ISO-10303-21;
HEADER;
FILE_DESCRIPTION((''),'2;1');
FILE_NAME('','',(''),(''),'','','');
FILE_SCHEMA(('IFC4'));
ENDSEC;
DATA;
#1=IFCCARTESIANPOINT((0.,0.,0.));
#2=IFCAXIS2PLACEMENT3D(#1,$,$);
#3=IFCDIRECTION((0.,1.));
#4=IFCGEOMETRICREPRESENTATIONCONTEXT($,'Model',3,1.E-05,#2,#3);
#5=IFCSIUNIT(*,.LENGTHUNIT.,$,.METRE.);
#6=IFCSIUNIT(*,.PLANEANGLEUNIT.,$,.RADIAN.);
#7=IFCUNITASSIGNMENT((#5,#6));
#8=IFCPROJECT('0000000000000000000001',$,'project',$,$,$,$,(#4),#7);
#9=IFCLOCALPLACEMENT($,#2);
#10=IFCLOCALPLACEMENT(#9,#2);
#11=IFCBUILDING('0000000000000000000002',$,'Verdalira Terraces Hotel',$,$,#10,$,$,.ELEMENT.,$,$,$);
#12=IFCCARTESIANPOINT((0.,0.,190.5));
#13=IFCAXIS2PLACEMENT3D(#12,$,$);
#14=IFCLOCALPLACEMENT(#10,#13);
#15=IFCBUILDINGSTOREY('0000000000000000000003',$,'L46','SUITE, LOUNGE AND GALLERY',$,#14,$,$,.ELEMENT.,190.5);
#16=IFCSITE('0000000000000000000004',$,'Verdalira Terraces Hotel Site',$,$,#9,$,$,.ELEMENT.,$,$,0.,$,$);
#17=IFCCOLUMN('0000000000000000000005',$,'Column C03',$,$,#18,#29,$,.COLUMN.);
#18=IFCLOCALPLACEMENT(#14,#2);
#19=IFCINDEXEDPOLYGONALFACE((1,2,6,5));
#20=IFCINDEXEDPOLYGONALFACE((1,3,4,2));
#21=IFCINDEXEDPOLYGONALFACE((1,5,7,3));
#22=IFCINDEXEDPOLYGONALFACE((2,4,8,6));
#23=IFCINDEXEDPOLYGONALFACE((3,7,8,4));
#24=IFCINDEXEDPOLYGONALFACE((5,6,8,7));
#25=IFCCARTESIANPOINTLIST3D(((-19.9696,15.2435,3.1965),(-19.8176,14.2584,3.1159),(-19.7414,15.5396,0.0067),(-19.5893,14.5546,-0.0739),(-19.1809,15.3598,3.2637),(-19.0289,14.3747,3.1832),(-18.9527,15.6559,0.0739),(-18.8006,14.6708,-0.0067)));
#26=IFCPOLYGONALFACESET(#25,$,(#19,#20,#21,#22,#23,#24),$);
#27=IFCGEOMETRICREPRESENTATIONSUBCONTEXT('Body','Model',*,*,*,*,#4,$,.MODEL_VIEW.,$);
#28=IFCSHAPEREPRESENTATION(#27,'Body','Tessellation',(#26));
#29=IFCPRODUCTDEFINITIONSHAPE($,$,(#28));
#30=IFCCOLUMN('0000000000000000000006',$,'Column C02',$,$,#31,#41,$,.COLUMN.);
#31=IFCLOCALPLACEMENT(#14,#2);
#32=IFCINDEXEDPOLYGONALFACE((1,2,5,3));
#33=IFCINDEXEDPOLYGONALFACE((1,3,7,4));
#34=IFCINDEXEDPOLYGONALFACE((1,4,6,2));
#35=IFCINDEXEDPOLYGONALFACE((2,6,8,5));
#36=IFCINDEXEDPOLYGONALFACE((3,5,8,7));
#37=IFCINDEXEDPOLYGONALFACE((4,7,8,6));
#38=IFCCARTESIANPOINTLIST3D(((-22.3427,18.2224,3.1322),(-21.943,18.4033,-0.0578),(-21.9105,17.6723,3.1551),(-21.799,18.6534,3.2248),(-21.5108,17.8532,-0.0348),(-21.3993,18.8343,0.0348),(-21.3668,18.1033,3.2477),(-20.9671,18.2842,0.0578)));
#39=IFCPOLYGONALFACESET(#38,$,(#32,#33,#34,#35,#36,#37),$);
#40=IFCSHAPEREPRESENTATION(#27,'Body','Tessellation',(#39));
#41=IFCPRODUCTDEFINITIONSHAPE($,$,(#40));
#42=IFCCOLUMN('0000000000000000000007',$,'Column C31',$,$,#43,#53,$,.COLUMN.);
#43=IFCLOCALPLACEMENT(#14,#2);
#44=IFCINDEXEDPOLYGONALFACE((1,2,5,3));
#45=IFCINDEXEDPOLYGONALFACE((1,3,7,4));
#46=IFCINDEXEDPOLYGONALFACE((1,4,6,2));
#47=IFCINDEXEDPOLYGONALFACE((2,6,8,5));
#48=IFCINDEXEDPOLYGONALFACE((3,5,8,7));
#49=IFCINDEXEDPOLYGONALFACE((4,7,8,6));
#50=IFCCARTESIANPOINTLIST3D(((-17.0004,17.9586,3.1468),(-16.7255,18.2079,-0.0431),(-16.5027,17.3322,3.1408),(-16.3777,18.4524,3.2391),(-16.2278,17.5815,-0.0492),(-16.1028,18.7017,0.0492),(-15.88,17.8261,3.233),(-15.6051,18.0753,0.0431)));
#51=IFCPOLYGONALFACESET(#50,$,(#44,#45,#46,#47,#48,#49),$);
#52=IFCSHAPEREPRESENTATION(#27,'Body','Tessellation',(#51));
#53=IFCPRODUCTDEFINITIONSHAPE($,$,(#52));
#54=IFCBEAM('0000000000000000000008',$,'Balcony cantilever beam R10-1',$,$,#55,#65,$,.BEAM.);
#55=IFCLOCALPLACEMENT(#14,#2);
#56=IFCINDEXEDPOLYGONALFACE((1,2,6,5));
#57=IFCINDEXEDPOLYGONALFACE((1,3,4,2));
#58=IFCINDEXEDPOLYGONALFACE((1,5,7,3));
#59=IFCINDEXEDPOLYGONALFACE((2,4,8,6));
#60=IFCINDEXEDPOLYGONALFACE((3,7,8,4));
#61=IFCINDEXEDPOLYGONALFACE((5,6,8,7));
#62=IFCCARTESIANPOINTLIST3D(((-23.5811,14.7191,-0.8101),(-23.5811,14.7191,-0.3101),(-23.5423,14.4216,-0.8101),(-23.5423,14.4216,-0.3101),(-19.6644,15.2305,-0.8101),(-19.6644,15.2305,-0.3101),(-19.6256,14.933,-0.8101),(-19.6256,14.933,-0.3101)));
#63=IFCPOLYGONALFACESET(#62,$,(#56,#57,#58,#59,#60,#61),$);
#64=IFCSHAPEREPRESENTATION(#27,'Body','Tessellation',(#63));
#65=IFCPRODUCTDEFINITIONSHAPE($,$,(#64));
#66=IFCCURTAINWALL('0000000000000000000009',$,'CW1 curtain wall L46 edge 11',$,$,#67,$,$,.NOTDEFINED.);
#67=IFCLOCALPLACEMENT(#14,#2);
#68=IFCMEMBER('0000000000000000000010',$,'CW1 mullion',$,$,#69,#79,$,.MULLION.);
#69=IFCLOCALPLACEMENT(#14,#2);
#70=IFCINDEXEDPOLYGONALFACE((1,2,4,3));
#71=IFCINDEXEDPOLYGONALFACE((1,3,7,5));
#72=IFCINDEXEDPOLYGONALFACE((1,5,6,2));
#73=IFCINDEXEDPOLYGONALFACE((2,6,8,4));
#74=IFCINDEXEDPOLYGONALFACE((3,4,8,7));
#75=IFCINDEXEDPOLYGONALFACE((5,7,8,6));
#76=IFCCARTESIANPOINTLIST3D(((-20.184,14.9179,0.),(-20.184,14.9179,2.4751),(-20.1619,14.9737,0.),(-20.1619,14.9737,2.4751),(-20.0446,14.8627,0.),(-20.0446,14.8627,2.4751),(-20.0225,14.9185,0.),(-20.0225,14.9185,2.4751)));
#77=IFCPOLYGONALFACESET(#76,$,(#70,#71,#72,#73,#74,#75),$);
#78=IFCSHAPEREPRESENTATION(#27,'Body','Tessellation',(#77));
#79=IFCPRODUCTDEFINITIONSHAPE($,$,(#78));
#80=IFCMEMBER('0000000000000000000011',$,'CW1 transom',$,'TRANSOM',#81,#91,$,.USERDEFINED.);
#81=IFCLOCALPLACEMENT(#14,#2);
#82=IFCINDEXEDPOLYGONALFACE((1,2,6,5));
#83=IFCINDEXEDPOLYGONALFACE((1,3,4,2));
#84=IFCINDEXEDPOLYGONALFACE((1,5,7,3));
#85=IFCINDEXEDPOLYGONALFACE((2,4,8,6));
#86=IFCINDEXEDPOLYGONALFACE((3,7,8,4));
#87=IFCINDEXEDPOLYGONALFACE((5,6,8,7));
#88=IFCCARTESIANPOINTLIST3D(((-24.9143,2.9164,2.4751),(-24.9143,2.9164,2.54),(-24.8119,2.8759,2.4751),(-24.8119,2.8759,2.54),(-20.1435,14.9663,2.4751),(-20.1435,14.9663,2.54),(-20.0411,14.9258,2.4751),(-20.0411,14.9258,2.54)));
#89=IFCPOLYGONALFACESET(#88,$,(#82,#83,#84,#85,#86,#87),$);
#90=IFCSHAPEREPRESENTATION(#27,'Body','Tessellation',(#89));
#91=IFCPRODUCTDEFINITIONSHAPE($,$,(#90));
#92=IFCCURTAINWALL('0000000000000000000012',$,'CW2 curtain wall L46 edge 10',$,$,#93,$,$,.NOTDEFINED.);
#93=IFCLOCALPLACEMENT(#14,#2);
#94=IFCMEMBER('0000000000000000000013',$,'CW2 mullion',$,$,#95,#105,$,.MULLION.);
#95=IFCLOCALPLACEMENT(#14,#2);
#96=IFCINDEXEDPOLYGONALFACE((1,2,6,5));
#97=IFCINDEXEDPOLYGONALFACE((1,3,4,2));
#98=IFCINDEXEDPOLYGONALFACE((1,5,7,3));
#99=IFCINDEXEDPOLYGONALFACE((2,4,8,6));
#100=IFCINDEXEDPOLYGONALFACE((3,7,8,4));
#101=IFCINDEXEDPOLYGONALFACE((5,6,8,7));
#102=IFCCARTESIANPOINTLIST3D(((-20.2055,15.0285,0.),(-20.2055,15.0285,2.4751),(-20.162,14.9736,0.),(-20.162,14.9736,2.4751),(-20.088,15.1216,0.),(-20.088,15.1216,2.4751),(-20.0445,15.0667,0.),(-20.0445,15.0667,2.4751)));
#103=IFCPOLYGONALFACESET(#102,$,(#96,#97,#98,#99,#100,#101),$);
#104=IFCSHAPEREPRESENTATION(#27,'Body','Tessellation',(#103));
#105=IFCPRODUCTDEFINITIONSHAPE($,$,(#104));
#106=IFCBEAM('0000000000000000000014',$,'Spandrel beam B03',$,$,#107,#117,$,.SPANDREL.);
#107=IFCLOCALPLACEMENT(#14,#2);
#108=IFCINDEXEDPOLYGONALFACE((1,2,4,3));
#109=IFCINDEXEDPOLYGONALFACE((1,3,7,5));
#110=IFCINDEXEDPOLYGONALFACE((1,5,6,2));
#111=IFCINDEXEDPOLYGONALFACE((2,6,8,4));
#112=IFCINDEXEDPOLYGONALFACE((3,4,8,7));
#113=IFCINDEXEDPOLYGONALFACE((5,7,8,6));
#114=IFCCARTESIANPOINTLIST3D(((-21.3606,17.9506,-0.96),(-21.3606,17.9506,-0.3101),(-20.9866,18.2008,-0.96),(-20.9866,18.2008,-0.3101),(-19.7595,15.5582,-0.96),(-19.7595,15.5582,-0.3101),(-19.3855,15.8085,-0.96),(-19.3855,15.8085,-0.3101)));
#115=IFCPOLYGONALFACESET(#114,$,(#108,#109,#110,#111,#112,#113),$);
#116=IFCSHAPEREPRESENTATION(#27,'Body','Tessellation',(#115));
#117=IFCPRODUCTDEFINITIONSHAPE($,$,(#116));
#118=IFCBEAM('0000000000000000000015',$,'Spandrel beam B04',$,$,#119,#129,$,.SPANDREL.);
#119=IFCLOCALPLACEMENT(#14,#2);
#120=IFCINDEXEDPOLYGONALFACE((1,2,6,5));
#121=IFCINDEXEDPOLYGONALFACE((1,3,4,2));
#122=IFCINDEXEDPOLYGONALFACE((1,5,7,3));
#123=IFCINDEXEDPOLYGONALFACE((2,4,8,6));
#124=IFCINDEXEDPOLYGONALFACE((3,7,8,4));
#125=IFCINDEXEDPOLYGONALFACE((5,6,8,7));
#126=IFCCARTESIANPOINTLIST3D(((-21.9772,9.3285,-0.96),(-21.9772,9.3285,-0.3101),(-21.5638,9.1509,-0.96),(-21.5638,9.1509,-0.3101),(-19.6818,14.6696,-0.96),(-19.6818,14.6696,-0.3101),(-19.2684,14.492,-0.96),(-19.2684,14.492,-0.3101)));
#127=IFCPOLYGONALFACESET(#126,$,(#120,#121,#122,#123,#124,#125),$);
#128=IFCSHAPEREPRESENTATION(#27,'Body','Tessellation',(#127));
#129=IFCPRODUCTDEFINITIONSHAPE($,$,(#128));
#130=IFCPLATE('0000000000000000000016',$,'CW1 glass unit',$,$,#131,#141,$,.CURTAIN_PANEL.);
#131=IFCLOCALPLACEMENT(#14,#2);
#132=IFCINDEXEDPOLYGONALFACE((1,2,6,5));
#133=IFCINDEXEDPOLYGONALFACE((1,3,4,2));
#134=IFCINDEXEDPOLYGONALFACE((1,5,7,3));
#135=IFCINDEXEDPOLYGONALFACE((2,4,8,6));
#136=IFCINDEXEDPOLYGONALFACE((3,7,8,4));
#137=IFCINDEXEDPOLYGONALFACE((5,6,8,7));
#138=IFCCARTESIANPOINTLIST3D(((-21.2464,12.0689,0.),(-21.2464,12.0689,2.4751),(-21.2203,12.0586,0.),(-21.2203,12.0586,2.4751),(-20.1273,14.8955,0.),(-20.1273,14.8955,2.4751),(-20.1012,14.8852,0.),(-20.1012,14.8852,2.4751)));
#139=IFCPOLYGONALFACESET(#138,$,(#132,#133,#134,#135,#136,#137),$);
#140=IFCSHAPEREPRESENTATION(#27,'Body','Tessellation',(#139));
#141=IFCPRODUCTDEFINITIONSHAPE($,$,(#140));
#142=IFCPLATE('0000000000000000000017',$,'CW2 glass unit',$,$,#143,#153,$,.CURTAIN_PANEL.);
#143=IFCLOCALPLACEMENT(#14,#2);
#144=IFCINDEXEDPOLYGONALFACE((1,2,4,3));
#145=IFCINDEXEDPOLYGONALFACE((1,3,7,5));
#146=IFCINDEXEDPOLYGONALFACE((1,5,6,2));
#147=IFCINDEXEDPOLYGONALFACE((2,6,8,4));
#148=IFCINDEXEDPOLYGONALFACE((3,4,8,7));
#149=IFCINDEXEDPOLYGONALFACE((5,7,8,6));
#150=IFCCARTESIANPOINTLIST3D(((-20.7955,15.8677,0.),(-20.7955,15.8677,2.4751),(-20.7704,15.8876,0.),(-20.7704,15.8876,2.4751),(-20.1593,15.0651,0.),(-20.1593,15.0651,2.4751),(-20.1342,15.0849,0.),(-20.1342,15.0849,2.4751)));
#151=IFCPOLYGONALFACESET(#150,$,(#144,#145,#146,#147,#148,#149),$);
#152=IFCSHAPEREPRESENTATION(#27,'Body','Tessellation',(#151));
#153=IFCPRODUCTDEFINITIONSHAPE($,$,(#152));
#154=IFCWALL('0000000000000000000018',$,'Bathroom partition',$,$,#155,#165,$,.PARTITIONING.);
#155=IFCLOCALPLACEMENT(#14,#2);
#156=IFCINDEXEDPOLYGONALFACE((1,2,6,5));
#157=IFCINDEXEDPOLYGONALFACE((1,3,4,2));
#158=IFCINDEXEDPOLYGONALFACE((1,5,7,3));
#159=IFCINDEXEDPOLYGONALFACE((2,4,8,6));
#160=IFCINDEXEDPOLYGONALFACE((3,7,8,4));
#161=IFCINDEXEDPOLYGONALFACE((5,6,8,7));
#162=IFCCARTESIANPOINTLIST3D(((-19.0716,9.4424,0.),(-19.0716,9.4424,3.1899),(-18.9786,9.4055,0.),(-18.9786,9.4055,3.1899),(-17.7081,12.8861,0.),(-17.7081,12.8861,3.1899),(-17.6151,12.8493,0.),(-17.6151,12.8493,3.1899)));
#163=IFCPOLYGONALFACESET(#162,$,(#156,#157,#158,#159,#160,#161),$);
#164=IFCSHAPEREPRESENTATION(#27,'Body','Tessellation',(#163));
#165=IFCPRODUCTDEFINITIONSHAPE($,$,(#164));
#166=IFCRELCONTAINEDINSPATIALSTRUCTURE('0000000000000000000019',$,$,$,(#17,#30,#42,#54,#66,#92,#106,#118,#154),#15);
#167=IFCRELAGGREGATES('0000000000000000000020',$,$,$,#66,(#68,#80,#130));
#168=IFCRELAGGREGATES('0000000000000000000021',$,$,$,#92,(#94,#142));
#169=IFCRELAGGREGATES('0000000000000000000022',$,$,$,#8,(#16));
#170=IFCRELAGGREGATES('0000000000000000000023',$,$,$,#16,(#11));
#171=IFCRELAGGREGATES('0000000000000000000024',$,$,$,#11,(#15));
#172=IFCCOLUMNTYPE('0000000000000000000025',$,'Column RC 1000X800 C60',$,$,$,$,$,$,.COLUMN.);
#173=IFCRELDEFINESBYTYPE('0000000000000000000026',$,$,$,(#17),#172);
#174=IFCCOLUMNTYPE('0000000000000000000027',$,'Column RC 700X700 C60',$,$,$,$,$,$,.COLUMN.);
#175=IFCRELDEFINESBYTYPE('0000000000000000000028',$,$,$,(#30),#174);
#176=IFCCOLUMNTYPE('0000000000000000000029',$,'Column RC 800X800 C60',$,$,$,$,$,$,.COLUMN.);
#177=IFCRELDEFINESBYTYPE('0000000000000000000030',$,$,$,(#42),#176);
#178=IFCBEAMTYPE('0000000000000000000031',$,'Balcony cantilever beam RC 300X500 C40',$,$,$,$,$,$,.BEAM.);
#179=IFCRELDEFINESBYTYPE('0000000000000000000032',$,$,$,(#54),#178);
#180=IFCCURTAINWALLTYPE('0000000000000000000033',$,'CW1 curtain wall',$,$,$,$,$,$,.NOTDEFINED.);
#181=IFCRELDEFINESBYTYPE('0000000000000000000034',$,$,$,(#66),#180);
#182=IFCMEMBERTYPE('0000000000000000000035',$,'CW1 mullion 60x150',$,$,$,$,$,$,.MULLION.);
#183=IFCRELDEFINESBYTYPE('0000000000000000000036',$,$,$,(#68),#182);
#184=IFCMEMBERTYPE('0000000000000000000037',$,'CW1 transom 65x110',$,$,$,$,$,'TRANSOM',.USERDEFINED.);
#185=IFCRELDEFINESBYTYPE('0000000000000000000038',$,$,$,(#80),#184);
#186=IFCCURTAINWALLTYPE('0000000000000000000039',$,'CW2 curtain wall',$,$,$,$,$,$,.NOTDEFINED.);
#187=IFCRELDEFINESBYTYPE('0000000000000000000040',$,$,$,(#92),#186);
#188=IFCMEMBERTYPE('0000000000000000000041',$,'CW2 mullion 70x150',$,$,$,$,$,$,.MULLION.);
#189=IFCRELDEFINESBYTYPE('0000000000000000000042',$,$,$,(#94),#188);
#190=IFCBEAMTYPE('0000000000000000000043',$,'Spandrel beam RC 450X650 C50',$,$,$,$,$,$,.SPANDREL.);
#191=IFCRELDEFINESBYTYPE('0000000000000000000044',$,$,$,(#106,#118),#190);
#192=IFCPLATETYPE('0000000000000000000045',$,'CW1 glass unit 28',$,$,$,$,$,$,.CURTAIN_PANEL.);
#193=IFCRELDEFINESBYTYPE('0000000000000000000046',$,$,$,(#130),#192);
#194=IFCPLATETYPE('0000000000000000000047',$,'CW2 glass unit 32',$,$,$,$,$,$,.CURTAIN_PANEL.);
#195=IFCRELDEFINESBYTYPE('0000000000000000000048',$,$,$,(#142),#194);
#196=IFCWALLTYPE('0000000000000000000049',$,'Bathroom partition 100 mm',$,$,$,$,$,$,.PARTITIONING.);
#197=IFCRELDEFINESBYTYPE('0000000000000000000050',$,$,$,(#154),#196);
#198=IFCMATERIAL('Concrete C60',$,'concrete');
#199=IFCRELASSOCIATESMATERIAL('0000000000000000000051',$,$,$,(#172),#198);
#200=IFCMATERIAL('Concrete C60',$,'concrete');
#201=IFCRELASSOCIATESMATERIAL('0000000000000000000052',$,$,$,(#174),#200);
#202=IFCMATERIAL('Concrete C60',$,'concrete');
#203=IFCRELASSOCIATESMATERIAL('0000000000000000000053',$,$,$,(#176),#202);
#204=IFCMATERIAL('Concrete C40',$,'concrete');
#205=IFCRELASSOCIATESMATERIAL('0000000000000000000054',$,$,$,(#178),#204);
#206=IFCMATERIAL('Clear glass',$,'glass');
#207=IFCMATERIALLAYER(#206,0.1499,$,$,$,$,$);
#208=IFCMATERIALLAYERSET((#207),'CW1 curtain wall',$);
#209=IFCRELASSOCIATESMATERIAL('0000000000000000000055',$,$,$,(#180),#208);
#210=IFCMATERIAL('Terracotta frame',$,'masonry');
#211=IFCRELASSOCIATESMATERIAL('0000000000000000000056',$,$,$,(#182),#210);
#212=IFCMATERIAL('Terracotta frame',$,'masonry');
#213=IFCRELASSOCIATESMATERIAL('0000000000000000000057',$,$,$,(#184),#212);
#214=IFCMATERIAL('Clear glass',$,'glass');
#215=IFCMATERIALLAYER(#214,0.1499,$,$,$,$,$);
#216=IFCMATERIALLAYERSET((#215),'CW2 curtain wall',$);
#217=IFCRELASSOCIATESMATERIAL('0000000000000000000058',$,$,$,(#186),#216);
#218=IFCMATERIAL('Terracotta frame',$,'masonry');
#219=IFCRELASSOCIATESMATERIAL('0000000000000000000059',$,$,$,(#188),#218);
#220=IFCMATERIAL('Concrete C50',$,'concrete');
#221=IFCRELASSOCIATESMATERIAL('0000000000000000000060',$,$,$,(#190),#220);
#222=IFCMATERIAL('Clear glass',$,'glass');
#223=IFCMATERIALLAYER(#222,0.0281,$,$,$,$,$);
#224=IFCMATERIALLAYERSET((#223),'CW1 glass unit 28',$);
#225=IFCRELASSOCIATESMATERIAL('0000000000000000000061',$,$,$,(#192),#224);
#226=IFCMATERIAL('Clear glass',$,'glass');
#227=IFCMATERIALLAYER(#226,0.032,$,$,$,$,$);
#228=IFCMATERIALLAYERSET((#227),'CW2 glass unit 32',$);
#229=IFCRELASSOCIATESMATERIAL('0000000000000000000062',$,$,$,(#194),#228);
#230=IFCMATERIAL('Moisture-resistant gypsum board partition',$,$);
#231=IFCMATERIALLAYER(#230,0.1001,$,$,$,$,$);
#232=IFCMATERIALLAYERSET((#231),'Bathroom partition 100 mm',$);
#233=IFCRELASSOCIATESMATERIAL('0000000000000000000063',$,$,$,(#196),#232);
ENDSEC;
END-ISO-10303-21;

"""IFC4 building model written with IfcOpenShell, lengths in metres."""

from ifc_helpers import new_model, si_unit, direction, frame, frame_2d, origin, origin_2d, place, context, subcontext, project, spatial, rectangle, extrude, material, layer, layer_set, material_profile, profile_set, type_object, element, aggregate, save


model = new_model("IFC4")

# Units and contexts
model_context = context("Model", 3, precision=1e-05, world=origin(), true_north=direction((0.0, 1.0)))
body_context = subcontext(model_context, "Body", "Model", "MODEL_VIEW")
ifc_project = project(units=[si_unit("LENGTHUNIT", "METRE"), si_unit("PLANEANGLEUNIT", "RADIAN")], contexts=[model_context])

# Site, building, storey
site_placement = place(None, origin())
site = spatial("IfcSite", under=ifc_project, at=site_placement, Name="Verdalira Terraces Hotel Site", CompositionType="ELEMENT", RefElevation=0.0)
building_placement = place(site_placement, origin())
building = spatial("IfcBuilding", under=site, at=building_placement, Name="Verdalira Terraces Hotel", CompositionType="ELEMENT")
storey_placement = place(building_placement, frame((0.0, 0.0, 190.5)))
storey = spatial("IfcBuildingStorey", under=building, at=storey_placement, Name="L46", Description="SUITE, LOUNGE AND GALLERY", CompositionType="ELEMENT", Elevation=190.5)

# Columns
ifc_material_1 = material(Name="Concrete C60", Category="concrete")
ifc_material_profile_1 = material_profile(ifc_material_1, rectangle(XDim=1.0, YDim=0.8, at=origin_2d()), Name="RC 1000X800")
ifc_profile_set_1 = profile_set([ifc_material_profile_1], Name="Concrete C60")
column_type_1 = type_object("IfcColumnType", Name="Column RC 1000X800 C60", PredefinedType="COLUMN", material=ifc_profile_set_1)
column_1_placement = place(storey_placement, frame((-19.271, 15.1052, 0.0), z_axis=(-0.071073, -0.092205, 0.9932), x_axis=(-0.152065, 0.985081, 0.08057)))
element("IfcColumn", 1, at=column_1_placement, inside=storey, type_object=column_type_1, Name="Column C03", PredefinedType="COLUMN", context=body_context, shape_type="SweptSolid", body=[
    extrude(rectangle(XDim=1.0, YDim=0.8, at=origin_2d()), origin(), (0.0, 0.0, 1.0), 3.2117),
])
ifc_material_2 = material(Name="Concrete C60", Category="concrete")
ifc_material_profile_2 = material_profile(ifc_material_2, rectangle(XDim=0.7, YDim=0.7, at=origin_2d()), Name="RC 700X700")
ifc_profile_set_2 = profile_set([ifc_material_profile_2], Name="Concrete C60")
column_type_2 = type_object("IfcColumnType", Name="Column RC 700X700 C60", PredefinedType="COLUMN", material=ifc_profile_set_2)
column_2_placement = place(storey_placement, frame((-21.4551, 18.3438, 0.0), z_axis=(-0.124119, -0.056183, 0.990676), x_axis=(0.617468, -0.785912, 0.03279)))
element("IfcColumn", 2, at=column_2_placement, inside=storey, type_object=column_type_2, Name="Column C02", PredefinedType="COLUMN", context=body_context, shape_type="SweptSolid", body=[
    extrude(rectangle(XDim=0.7, YDim=0.7, at=origin_2d()), origin(), (0.0, 0.0, 1.0), 3.22),
])
ifc_material_3 = material(Name="Concrete C60", Category="concrete")
ifc_material_profile_3 = material_profile(ifc_material_3, rectangle(XDim=0.8, YDim=0.8, at=origin_2d()), Name="RC 800X800")
ifc_profile_set_3 = profile_set([ifc_material_profile_3], Name="Concrete C60")
column_type_3 = type_object("IfcColumnType", Name="Column RC 800X800 C60", PredefinedType="COLUMN", material=ifc_profile_set_3)
column_3_placement = place(storey_placement, frame((-16.1653, 18.1416, 0.0), z_axis=(-0.085601, -0.077618, 0.993302), x_axis=(-0.622054, 0.782938, 0.007573)))
element("IfcColumn", 3, at=column_3_placement, inside=storey, type_object=column_type_3, Name="Column C31", PredefinedType="COLUMN", context=body_context, shape_type="SweptSolid", body=[
    extrude(rectangle(XDim=0.8, YDim=0.8, at=origin_2d()), origin(), (0.0, 0.0, 1.0), 3.2114),
])

# Beam
ifc_material_4 = material(Name="Concrete C40", Category="concrete")
ifc_material_profile_4 = material_profile(ifc_material_4, rectangle(XDim=0.3, YDim=0.5, at=origin_2d()), Name="RC 300X500")
ifc_profile_set_4 = profile_set([ifc_material_profile_4], Name="Concrete C40")
beam_type_1 = type_object("IfcBeamType", Name="Balcony cantilever beam RC 300X500 C40", PredefinedType="BEAM", material=ifc_profile_set_4)
beam_1_placement = place(storey_placement, frame((-19.645, 15.0818, -0.5601), z_axis=(-0.991581, -0.129487, 0.0), x_axis=(0.129487, -0.991581, 0.0)))
element("IfcBeam", 4, at=beam_1_placement, inside=storey, type_object=beam_type_1, Name="Balcony cantilever beam R10-1", PredefinedType="BEAM", context=body_context, shape_type="SweptSolid", body=[
    extrude(rectangle(XDim=0.3, YDim=0.5, at=origin_2d()), origin(), (0.0, 0.0, 1.0), 3.95),
])

# Curtain wall, members
ifc_material_5 = material(Name="Clear glass", Category="glass")
ifc_layer_1 = layer(ifc_material_5, 0.1499)
ifc_layer_set_1 = layer_set([ifc_layer_1], Name="CW1 curtain wall")
curtain_wall_type_1 = type_object("IfcCurtainWallType", Name="CW1 curtain wall", PredefinedType="NOTDEFINED", material=ifc_layer_set_1)
curtain_wall_1_placement = place(storey_placement, origin())
curtain_wall_1 = element("IfcCurtainWall", 5, at=curtain_wall_1_placement, inside=storey, type_object=curtain_wall_type_1, Name="CW1 curtain wall L46 edge 11", PredefinedType="NOTDEFINED")
ifc_material_6 = material(Name="Terracotta frame", Category="masonry")
ifc_material_profile_5 = material_profile(ifc_material_6, rectangle(XDim=0.0601, YDim=0.1499, at=origin_2d()), Name="MU 60x150")
ifc_profile_set_5 = profile_set([ifc_material_profile_5], Name="Terracotta frame")
member_type_1 = type_object("IfcMemberType", Name="CW1 mullion 60x150", PredefinedType="MULLION", material=ifc_profile_set_5)
member_1_placement = place(storey_placement, frame((-20.1033, 14.9182, 0.0), z_axis=(0.0, 0.0, 1.0), x_axis=(-0.368125, -0.929776, 0.0)))
member_1 = element("IfcMember", 6, at=member_1_placement, type_object=member_type_1, Name="CW1 mullion", PredefinedType="MULLION", context=body_context, shape_type="SweptSolid", body=[
    extrude(rectangle(XDim=0.0601, YDim=0.1499, at=origin_2d()), origin(), (0.0, 0.0, 1.0), 2.4751),
])
ifc_material_7 = material(Name="Terracotta frame", Category="masonry")
ifc_material_profile_6 = material_profile(ifc_material_7, rectangle(XDim=0.1101, YDim=0.0649, at=origin_2d()), Name="TR 65x110")
ifc_profile_set_6 = profile_set([ifc_material_profile_6], Name="Terracotta frame")
member_type_2 = type_object("IfcMemberType", Name="CW1 transom 65x110", ElementType="TRANSOM", PredefinedType="USERDEFINED", material=ifc_profile_set_6)
member_2_placement = place(storey_placement, frame((-20.0923, 14.946, 2.5076), z_axis=(-0.368118, -0.929779, 0.0), x_axis=(0.929779, -0.368118, 0.0)))
member_2 = element("IfcMember", 7, at=member_2_placement, type_object=member_type_2, Name="CW1 transom", ObjectType="TRANSOM", PredefinedType="USERDEFINED", context=body_context, shape_type="SweptSolid", body=[
    extrude(rectangle(XDim=0.1101, YDim=0.0649, at=origin_2d()), origin(), (0.0, 0.0, 1.0), 12.96),
])

# Curtain wall, member
ifc_material_8 = material(Name="Clear glass", Category="glass")
ifc_layer_2 = layer(ifc_material_8, 0.1499)
ifc_layer_set_2 = layer_set([ifc_layer_2], Name="CW2 curtain wall")
curtain_wall_type_2 = type_object("IfcCurtainWallType", Name="CW2 curtain wall", PredefinedType="NOTDEFINED", material=ifc_layer_set_2)
curtain_wall_2_placement = place(storey_placement, origin())
curtain_wall_2 = element("IfcCurtainWall", 8, at=curtain_wall_2_placement, inside=storey, type_object=curtain_wall_type_2, Name="CW2 curtain wall L46 edge 10", PredefinedType="NOTDEFINED")
ifc_material_9 = material(Name="Terracotta frame", Category="masonry")
ifc_material_profile_7 = material_profile(ifc_material_9, rectangle(XDim=0.0701, YDim=0.1499, at=origin_2d()), Name="MU 70x150")
ifc_profile_set_7 = profile_set([ifc_material_profile_7], Name="Terracotta frame")
member_type_3 = type_object("IfcMemberType", Name="CW2 mullion 70x150", PredefinedType="MULLION", material=ifc_profile_set_7)
member_3_placement = place(storey_placement, frame((-20.125, 15.0476, 0.0), z_axis=(0.0, 0.0, 1.0), x_axis=(0.621148, -0.783693, 0.0)))
member_3 = element("IfcMember", 9, at=member_3_placement, type_object=member_type_3, Name="CW2 mullion", PredefinedType="MULLION", context=body_context, shape_type="SweptSolid", body=[
    extrude(rectangle(XDim=0.0701, YDim=0.1499, at=origin_2d()), origin(), (0.0, 0.0, 1.0), 2.4751),
])

# Beams
ifc_material_10 = material(Name="Concrete C50", Category="concrete")
ifc_material_profile_8 = material_profile(ifc_material_10, rectangle(XDim=0.45, YDim=0.6499, at=origin_2d()), Name="RC 450X650")
ifc_profile_set_8 = profile_set([ifc_material_profile_8], Name="Concrete C50")
beam_type_2 = type_object("IfcBeamType", Name="Spandrel beam RC 450X650 C50", PredefinedType="SPANDREL", material=ifc_profile_set_8)
beam_2_placement = place(storey_placement, frame((-21.1736, 18.0757, -0.635), z_axis=(0.556187, -0.831057, 0.0), x_axis=(0.831057, 0.556187, 0.0)))
element("IfcBeam", 10, at=beam_2_placement, inside=storey, type_object=beam_type_2, Name="Spandrel beam B03", PredefinedType="SPANDREL", context=body_context, shape_type="SweptSolid", body=[
    extrude(rectangle(XDim=0.45, YDim=0.6499, at=origin_2d()), origin(), (0.0, 0.0, 1.0), 2.8787),
])
beam_3_placement = place(storey_placement, frame((-19.4751, 14.5808, -0.635), z_axis=(-0.394847, -0.918747, 0.0), x_axis=(0.918747, -0.394847, 0.0)))
element("IfcBeam", 11, at=beam_3_placement, inside=storey, type_object=beam_type_2, Name="Spandrel beam B04", PredefinedType="SPANDREL", context=body_context, shape_type="SweptSolid", body=[
    extrude(rectangle(XDim=0.45, YDim=0.6499, at=origin_2d()), origin(), (0.0, 0.0, 1.0), 5.8135),
])

# Plates
ifc_material_11 = material(Name="Clear glass", Category="glass")
ifc_layer_3 = layer(ifc_material_11, 0.0281)
ifc_layer_set_3 = layer_set([ifc_layer_3], Name="CW1 glass unit 28")
plate_type_1 = type_object("IfcPlateType", Name="CW1 glass unit 28", PredefinedType="CURTAIN_PANEL", material=ifc_layer_set_3)
plate_1_placement = place(storey_placement, frame((-20.6738, 13.4771, 0.0), z_axis=(0.0, 0.0, 1.0), x_axis=(-0.368125, -0.929776, 0.0)))
plate_1 = element("IfcPlate", 12, at=plate_1_placement, type_object=plate_type_1, Name="CW1 glass unit", PredefinedType="CURTAIN_PANEL", context=body_context, shape_type="SweptSolid", body=[
    extrude(rectangle(XDim=3.04, YDim=0.0281, at=origin_2d()), origin(), (0.0, 0.0, 1.0), 2.4751),
])
aggregate(curtain_wall_1, [member_1, member_2, plate_1])
ifc_material_12 = material(Name="Clear glass", Category="glass")
ifc_layer_4 = layer(ifc_material_12, 0.032)
ifc_layer_set_4 = layer_set([ifc_layer_4], Name="CW2 glass unit 32")
plate_type_2 = type_object("IfcPlateType", Name="CW2 glass unit 32", PredefinedType="CURTAIN_PANEL", material=ifc_layer_set_4)
plate_2_placement = place(storey_placement, frame((-20.4648, 15.4763, 0.0), z_axis=(0.0, 0.0, 1.0), x_axis=(0.621148, -0.783693, 0.0)))
plate_2 = element("IfcPlate", 13, at=plate_2_placement, type_object=plate_type_2, Name="CW2 glass unit", PredefinedType="CURTAIN_PANEL", context=body_context, shape_type="SweptSolid", body=[
    extrude(rectangle(XDim=1.0242, YDim=0.032, at=origin_2d()), origin(), (0.0, 0.0, 1.0), 2.4751),
])
aggregate(curtain_wall_2, [member_3, plate_2])

# Wall
ifc_material_13 = material(Name="Moisture-resistant gypsum board partition")
ifc_layer_5 = layer(ifc_material_13, 0.1001)
ifc_layer_set_5 = layer_set([ifc_layer_5], Name="Bathroom partition 100 mm")
wall_type_1 = type_object("IfcWallType", Name="Bathroom partition 100 mm", PredefinedType="PARTITIONING", material=ifc_layer_set_5)
wall_1_placement = place(storey_placement, frame((-19.0251, 9.4238, 0.0), z_axis=(0.0, 0.0, 1.0), x_axis=(0.368127, 0.929776, 0.0)))
element("IfcWall", 14, at=wall_1_placement, inside=storey, type_object=wall_type_1, Name="Bathroom partition", PredefinedType="PARTITIONING", context=body_context, shape_type="SweptSolid", body=[
    extrude(rectangle(XDim=3.7039, YDim=0.1001, at=frame_2d((1.8521, 0.0))), origin(), (0.0, 0.0, 1.0), 3.1899),
])

save(model, "model.ifc")
